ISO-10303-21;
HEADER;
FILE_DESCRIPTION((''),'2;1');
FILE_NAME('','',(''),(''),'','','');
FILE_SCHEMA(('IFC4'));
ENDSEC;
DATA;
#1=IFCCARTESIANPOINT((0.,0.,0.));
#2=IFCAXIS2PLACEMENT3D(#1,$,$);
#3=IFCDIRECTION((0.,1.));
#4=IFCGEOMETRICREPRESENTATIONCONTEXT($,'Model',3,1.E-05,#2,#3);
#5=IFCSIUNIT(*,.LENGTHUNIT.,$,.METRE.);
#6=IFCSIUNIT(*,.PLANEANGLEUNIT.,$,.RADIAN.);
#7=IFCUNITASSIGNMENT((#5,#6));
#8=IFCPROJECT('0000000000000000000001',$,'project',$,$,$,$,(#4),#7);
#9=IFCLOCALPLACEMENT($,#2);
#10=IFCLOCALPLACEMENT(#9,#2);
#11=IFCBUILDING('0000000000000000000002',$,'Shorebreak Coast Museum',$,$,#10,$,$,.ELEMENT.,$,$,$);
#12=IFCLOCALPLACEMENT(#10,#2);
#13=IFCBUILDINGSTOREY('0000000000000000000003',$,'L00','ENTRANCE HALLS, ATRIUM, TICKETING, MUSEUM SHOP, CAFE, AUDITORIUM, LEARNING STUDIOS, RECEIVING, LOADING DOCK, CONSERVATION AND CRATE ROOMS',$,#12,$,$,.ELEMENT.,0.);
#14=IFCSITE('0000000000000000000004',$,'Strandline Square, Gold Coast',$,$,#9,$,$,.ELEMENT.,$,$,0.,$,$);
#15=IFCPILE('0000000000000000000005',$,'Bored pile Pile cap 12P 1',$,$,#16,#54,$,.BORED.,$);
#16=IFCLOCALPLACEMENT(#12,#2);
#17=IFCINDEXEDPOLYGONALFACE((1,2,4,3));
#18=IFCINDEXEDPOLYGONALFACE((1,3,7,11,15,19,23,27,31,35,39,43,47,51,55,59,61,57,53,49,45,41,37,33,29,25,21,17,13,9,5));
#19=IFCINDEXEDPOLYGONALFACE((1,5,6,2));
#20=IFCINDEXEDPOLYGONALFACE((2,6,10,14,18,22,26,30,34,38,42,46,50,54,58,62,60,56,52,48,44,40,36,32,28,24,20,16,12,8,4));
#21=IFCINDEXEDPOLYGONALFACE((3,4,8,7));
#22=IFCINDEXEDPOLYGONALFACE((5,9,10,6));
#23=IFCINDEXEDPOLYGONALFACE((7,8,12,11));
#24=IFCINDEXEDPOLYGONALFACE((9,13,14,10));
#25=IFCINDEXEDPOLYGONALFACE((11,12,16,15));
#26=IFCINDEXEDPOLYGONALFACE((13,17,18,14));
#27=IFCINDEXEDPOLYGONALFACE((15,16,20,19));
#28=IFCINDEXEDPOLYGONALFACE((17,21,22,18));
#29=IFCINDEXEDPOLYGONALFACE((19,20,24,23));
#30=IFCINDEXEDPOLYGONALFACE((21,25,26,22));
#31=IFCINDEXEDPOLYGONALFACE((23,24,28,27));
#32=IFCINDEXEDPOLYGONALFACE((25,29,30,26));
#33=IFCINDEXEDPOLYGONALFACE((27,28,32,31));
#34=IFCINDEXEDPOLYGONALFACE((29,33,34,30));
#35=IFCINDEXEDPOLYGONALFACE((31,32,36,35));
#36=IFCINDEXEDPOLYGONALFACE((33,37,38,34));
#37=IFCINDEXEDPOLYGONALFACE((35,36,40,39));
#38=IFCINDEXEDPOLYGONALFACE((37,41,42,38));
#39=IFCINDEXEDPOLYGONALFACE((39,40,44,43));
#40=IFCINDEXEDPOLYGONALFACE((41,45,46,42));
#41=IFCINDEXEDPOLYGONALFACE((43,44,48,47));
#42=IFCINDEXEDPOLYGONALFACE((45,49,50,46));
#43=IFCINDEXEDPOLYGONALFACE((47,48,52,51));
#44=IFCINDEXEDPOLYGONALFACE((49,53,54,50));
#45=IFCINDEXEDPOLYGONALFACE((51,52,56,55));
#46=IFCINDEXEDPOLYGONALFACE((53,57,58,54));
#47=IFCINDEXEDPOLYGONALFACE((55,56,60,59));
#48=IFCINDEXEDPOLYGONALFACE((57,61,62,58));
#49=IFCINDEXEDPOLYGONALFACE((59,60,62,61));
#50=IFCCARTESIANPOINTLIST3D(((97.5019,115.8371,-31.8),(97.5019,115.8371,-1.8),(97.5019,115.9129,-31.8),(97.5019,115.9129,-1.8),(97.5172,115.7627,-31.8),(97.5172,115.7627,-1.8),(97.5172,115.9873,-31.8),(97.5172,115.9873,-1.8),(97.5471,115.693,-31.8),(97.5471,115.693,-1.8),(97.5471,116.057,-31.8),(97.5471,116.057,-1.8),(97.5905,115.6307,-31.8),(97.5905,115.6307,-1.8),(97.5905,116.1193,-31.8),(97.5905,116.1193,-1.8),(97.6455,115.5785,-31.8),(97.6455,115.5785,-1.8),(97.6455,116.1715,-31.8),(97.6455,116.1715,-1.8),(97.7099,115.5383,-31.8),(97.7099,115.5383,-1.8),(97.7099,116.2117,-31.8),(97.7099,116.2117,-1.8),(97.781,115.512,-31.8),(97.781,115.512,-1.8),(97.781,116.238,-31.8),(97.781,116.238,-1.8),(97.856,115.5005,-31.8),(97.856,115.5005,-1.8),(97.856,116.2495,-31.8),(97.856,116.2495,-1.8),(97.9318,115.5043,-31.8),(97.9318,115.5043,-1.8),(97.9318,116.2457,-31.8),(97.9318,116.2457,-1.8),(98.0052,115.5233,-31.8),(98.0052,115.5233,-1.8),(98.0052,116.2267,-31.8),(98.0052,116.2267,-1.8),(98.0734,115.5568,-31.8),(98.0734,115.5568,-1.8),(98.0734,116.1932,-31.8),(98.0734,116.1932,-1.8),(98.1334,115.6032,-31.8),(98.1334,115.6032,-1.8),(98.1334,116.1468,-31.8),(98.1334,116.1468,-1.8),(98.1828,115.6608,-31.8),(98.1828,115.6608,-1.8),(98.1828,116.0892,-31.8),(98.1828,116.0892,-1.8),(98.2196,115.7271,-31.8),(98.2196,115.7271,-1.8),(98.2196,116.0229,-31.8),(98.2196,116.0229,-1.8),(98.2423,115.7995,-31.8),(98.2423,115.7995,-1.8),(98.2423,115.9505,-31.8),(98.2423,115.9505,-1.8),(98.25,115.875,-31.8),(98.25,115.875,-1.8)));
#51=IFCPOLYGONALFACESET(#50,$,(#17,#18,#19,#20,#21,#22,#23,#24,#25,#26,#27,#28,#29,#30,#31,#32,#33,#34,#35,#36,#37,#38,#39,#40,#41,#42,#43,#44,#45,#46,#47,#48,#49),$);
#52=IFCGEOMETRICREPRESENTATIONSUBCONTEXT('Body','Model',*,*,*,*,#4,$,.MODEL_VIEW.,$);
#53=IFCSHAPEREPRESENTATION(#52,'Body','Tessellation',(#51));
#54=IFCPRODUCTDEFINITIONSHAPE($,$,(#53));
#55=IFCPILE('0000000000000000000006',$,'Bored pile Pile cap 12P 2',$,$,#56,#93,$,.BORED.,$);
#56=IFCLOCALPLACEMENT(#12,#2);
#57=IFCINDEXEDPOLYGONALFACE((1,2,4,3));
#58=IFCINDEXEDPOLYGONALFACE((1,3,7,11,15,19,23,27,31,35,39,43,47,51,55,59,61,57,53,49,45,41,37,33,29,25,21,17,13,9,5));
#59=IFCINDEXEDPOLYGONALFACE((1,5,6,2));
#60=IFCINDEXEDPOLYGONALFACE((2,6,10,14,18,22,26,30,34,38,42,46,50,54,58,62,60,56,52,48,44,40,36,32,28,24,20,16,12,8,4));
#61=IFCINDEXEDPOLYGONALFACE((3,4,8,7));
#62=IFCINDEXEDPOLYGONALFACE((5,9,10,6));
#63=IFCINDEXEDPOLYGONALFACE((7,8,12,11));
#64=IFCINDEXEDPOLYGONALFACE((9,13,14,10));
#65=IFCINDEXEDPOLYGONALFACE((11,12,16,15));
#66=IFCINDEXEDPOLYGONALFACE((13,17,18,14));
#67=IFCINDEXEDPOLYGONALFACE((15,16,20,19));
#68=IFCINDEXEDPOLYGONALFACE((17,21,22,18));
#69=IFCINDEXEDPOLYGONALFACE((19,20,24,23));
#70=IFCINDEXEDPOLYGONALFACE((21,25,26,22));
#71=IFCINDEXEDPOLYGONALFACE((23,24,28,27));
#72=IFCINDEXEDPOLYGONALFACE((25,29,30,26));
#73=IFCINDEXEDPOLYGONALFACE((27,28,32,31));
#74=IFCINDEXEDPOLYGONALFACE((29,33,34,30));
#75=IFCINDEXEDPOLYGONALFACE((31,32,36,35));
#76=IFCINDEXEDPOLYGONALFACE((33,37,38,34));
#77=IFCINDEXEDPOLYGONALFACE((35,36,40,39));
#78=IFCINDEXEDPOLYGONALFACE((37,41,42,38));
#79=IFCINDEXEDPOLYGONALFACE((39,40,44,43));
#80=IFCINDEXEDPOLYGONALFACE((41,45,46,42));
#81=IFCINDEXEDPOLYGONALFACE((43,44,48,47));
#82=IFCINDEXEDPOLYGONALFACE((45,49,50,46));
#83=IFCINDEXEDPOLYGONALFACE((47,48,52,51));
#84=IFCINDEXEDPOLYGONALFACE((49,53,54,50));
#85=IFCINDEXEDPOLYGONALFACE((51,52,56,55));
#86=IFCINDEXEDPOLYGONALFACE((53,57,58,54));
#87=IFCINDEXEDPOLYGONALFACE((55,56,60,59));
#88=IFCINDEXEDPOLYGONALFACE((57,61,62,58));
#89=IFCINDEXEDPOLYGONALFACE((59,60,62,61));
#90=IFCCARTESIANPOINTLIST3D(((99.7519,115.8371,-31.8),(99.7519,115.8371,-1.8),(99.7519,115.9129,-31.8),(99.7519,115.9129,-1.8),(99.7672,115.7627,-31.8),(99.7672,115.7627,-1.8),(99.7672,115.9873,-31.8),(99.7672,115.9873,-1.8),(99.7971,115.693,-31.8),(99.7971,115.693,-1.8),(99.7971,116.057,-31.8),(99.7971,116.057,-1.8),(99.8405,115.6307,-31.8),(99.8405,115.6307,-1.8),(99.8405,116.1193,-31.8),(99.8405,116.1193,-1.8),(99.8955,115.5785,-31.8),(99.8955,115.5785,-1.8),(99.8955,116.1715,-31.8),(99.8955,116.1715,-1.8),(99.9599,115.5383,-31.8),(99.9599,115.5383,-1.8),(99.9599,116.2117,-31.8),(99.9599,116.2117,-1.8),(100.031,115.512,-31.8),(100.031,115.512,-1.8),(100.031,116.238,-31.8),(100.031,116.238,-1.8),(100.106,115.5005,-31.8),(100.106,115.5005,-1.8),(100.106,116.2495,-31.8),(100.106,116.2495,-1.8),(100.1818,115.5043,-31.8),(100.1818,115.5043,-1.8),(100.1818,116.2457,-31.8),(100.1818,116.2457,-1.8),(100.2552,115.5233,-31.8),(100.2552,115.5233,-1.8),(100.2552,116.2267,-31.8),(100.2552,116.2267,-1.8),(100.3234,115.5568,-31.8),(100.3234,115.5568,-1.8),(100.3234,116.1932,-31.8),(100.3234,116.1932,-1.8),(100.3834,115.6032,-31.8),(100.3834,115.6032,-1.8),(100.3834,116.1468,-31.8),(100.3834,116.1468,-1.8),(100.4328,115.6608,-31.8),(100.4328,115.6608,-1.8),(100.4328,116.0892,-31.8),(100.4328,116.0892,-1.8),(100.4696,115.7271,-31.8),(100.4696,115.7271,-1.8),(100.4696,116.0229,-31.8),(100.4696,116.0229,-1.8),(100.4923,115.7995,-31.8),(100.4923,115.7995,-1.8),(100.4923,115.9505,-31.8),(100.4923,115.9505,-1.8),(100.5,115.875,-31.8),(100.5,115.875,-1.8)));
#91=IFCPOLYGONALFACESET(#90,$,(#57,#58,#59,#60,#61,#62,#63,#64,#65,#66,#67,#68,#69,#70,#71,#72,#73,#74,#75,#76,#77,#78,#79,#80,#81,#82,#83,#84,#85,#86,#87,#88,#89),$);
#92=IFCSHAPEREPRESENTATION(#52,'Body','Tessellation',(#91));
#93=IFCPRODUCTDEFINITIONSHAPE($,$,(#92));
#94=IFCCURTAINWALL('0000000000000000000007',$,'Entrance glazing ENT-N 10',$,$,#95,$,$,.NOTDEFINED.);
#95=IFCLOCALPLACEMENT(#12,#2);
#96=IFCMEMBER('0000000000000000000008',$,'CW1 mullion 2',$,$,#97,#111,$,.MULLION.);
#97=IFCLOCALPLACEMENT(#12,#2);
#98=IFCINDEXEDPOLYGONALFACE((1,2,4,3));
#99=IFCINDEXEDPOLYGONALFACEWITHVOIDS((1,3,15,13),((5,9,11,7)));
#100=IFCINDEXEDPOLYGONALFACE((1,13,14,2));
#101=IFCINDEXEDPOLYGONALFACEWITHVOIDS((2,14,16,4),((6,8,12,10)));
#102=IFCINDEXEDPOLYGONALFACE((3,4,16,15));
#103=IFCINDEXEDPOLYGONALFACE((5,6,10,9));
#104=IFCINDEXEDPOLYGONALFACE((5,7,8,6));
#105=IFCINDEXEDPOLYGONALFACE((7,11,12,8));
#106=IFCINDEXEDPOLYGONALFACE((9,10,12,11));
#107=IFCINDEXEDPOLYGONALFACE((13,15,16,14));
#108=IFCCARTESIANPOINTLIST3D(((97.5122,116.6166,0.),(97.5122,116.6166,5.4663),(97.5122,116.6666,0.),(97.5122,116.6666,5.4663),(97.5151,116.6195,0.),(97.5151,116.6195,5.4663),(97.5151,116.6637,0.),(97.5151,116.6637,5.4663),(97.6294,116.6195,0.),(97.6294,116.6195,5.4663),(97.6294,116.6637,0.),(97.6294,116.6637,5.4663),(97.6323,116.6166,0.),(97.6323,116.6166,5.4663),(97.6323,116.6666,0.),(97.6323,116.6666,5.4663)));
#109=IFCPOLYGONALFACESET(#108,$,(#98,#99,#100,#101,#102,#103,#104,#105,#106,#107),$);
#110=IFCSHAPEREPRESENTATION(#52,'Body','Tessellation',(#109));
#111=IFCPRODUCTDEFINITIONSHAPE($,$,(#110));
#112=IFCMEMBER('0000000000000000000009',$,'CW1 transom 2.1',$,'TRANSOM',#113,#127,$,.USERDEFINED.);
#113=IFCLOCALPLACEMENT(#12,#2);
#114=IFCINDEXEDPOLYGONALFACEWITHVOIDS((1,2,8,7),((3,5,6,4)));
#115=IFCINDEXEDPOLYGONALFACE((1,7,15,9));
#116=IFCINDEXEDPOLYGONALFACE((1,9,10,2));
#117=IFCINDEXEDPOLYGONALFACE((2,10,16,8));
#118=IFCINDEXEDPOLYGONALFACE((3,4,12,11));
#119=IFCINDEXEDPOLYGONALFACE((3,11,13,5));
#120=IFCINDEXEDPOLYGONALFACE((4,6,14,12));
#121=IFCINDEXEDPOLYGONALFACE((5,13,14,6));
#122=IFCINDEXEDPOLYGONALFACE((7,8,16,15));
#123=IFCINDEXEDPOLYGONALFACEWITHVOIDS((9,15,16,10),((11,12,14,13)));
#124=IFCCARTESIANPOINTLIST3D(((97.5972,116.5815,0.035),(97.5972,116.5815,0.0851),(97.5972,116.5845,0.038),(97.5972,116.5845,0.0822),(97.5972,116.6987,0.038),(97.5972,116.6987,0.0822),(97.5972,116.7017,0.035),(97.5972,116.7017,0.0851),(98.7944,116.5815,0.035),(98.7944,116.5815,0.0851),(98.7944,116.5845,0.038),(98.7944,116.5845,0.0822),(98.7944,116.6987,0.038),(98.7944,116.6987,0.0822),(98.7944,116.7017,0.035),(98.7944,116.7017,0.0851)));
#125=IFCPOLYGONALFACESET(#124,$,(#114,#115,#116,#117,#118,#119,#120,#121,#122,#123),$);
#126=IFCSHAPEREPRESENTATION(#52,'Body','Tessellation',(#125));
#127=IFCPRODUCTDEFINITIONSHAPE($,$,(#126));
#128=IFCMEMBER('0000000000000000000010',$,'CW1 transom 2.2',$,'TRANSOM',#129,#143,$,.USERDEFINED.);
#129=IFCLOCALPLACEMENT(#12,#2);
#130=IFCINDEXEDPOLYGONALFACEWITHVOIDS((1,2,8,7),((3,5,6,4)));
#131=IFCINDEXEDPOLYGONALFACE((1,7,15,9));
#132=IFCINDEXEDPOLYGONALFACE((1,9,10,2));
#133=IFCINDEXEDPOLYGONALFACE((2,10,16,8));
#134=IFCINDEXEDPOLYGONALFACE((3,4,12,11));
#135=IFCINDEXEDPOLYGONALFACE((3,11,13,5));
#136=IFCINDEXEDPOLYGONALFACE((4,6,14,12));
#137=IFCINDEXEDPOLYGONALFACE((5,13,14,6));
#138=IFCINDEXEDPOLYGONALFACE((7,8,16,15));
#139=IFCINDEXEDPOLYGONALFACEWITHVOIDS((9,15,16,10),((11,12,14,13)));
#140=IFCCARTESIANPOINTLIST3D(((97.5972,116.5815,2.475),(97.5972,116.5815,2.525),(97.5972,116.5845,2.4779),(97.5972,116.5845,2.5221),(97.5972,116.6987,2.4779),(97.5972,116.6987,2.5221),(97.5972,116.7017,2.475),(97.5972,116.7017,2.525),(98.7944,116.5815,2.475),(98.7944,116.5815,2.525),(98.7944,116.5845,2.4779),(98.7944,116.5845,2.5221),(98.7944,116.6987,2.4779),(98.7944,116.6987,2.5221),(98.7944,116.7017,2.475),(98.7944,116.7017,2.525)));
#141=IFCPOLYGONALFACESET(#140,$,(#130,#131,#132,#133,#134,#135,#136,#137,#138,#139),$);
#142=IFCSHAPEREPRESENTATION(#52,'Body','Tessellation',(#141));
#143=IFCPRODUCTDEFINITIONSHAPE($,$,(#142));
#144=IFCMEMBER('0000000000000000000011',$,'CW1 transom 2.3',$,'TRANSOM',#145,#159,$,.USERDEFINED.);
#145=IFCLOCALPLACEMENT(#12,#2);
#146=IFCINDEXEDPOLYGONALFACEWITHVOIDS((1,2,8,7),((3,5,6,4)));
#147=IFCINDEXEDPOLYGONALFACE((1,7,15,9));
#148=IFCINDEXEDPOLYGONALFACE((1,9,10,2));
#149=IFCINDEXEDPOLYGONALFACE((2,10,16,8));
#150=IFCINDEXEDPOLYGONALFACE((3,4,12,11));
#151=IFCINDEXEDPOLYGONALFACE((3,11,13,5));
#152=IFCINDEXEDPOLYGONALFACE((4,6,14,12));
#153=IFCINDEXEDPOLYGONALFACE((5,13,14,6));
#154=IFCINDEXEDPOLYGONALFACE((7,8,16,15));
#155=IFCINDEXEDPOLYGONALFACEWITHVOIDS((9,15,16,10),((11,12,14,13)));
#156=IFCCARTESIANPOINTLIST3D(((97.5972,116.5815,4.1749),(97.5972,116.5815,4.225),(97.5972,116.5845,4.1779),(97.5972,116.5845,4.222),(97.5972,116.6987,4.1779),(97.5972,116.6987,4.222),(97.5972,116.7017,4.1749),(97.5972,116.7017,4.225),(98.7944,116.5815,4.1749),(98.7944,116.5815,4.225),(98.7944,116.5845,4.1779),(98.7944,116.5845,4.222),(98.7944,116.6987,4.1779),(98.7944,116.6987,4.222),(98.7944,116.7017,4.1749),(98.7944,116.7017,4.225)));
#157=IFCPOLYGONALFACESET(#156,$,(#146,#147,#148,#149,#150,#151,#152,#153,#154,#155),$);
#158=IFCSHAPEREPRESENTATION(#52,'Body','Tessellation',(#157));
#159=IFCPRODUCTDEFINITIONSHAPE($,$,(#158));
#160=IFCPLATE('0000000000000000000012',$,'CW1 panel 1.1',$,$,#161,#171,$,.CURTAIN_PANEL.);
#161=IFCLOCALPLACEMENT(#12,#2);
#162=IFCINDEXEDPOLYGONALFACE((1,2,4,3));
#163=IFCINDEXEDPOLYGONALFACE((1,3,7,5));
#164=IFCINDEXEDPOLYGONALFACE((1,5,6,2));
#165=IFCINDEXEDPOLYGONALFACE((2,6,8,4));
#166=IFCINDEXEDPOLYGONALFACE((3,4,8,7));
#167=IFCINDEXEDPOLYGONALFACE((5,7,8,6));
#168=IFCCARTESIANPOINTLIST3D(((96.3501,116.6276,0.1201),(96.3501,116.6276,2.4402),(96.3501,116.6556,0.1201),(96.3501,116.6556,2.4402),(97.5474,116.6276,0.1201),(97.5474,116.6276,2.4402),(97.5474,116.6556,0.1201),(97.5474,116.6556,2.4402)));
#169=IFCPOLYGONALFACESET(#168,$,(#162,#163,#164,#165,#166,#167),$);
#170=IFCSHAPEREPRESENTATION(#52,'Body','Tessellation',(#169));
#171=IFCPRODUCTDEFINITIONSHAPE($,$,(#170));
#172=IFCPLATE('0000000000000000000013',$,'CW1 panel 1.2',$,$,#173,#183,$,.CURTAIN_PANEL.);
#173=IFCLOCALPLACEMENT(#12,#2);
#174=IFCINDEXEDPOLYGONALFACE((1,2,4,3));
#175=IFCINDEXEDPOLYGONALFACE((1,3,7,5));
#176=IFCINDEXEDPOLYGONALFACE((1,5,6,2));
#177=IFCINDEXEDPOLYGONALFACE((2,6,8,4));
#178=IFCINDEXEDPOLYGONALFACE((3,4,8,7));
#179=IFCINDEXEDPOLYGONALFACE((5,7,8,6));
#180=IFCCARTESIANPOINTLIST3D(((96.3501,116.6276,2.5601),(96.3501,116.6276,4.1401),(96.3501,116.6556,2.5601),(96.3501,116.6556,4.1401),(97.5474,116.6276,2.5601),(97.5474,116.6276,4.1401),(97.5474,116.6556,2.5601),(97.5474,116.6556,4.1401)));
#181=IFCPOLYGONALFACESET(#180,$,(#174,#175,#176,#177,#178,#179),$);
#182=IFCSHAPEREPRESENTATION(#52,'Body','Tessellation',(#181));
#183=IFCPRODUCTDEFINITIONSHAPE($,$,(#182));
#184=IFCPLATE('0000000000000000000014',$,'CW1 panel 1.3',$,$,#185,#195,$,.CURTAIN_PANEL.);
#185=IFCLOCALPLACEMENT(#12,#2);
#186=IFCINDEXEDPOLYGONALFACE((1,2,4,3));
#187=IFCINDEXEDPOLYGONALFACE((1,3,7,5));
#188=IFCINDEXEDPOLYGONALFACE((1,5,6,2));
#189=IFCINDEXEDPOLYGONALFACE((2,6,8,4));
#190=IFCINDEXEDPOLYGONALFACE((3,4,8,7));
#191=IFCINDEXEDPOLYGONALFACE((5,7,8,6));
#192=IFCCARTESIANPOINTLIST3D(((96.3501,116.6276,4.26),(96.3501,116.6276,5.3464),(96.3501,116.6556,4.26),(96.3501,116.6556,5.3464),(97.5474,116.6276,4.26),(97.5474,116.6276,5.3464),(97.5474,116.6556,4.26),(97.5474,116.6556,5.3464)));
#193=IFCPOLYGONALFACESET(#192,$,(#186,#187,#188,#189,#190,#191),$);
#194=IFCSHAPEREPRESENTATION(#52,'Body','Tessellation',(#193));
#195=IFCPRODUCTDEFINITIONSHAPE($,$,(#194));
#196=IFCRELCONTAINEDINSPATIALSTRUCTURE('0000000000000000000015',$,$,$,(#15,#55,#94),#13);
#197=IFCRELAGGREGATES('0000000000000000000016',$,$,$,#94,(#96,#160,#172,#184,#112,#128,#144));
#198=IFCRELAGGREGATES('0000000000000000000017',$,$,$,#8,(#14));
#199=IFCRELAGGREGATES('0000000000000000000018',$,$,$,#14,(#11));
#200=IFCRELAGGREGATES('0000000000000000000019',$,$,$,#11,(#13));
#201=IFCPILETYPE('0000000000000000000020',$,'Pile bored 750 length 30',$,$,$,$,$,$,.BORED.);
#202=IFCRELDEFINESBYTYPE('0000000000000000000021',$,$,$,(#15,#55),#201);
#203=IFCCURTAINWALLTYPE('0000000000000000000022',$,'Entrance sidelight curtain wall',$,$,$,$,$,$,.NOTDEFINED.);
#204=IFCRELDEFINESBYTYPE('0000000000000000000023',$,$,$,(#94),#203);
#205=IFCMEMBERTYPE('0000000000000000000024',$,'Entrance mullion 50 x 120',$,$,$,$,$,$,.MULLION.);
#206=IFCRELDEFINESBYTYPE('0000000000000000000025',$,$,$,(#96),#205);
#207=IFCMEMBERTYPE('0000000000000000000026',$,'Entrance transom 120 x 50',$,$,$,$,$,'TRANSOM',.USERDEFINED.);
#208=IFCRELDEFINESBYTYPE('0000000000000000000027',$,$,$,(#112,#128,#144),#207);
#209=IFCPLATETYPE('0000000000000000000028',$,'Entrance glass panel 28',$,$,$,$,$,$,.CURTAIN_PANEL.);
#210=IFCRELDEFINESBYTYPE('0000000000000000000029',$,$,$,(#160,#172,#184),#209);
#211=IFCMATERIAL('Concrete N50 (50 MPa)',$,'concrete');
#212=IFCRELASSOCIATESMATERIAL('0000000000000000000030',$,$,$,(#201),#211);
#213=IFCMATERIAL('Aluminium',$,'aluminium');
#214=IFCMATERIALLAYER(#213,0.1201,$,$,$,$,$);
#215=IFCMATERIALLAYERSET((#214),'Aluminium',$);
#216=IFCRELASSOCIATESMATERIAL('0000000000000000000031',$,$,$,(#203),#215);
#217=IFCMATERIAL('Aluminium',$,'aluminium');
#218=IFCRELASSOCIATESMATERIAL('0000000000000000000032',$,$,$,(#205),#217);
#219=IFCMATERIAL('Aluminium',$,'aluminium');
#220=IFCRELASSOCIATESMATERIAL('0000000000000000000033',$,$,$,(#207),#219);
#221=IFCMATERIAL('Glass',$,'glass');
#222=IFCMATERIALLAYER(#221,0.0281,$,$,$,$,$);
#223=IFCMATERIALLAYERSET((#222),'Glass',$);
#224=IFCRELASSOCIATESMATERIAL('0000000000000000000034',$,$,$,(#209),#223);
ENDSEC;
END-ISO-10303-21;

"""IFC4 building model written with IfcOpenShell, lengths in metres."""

from ifc_helpers import new_model, si_unit, direction, frame, origin, origin_2d, place, context, subcontext, project, spatial, rectangle, hollow_rectangle, circle, extrude, material, layer, layer_set, material_profile, profile_set, type_object, element, aggregate, save


model = new_model("IFC4")

# Units and contexts
model_context = context("Model", 3, precision=1e-05, world=origin(), true_north=direction((0.0, 1.0)))
body_context = subcontext(model_context, "Body", "Model", "MODEL_VIEW")
ifc_project = project(units=[si_unit("LENGTHUNIT", "METRE"), si_unit("PLANEANGLEUNIT", "RADIAN")], contexts=[model_context])

# Site, building, storey
site_placement = place(None, origin())
site = spatial("IfcSite", under=ifc_project, at=site_placement, Name="Strandline Square, Gold Coast", CompositionType="ELEMENT", RefElevation=0.0)
building_placement = place(site_placement, origin())
building = spatial("IfcBuilding", under=site, at=building_placement, Name="Shorebreak Coast Museum", CompositionType="ELEMENT")
storey_placement = place(building_placement, origin())
storey = spatial("IfcBuildingStorey", under=building, at=storey_placement, Name="L00", Description="ENTRANCE HALLS, ATRIUM, TICKETING, MUSEUM SHOP, CAFE, AUDITORIUM, LEARNING STUDIOS, RECEIVING, LOADING DOCK, CONSERVATION AND CRATE ROOMS", CompositionType="ELEMENT", Elevation=0.0)

# Piles
ifc_material_1 = material(Name="Concrete N50 (50 MPa)", Category="concrete")
ifc_material_profile_1 = material_profile(ifc_material_1, circle(Radius=0.375, at=origin_2d()), Name="Pile bored 750 length 30")
ifc_profile_set_1 = profile_set([ifc_material_profile_1], Name="Concrete N50 (50 MPa)")
pile_type_1 = type_object("IfcPileType", Name="Pile bored 750 length 30", PredefinedType="BORED", material=ifc_profile_set_1)
for number, where, z_axis, x_axis, name in (
    (1, (97.875, 115.875, -1.8), (0.0, 0.0, -1.0), (1.0, 0.0, 0.0), "Bored pile Pile cap 12P 1"),
    (2, (100.125, 115.875, -1.8), (0.0, 0.0, -1.0), (1.0, 0.0, 0.0), "Bored pile Pile cap 12P 2"),
):
    element("IfcPile", number, at=place(storey_placement, frame(where, z_axis=z_axis, x_axis=x_axis)), inside=storey, type_object=pile_type_1, Name=name, PredefinedType="BORED", context=body_context, shape_type="SweptSolid", body=[
        extrude(circle(Radius=0.375, at=origin_2d()), origin(), (0.0, 0.0, 1.0), 30.0),
    ])

# Curtain wall, members, plates
ifc_material_2 = material(Name="Aluminium", Category="aluminium")
ifc_layer_1 = layer(ifc_material_2, 0.1201)
ifc_layer_set_1 = layer_set([ifc_layer_1], Name="Aluminium")
curtain_wall_type = type_object("IfcCurtainWallType", Name="Entrance sidelight curtain wall", PredefinedType="NOTDEFINED", material=ifc_layer_set_1)
curtain_wall_placement = place(storey_placement, origin())
curtain_wall = element("IfcCurtainWall", 3, at=curtain_wall_placement, inside=storey, type_object=curtain_wall_type, Name="Entrance glazing ENT-N 10", PredefinedType="NOTDEFINED")
ifc_material_3 = material(Name="Aluminium", Category="aluminium")
ifc_material_profile_2 = material_profile(ifc_material_3, hollow_rectangle(XDim=0.05, YDim=0.1201, WallThickness=0.0029, at=origin_2d()), Name="AL 120x50 RHS")
ifc_profile_set_2 = profile_set([ifc_material_profile_2], Name="Aluminium")
member_type_1 = type_object("IfcMemberType", Name="Entrance mullion 50 x 120", PredefinedType="MULLION", material=ifc_profile_set_2)
member_1_placement = place(storey_placement, frame((97.5723, 116.6416, 0.0), z_axis=(0.0, 0.0, 1.0), x_axis=(0.0, 1.0, 0.0)))
member_1 = element("IfcMember", 4, at=member_1_placement, type_object=member_type_1, Name="CW1 mullion 2", PredefinedType="MULLION", context=body_context, shape_type="SweptSolid", body=[
    extrude(hollow_rectangle(XDim=0.05, YDim=0.1201, WallThickness=0.0029, at=origin_2d()), origin(), (0.0, 0.0, 1.0), 5.4663),
])
ifc_material_4 = material(Name="Aluminium", Category="aluminium")
ifc_material_profile_3 = material_profile(ifc_material_4, hollow_rectangle(XDim=0.1201, YDim=0.05, WallThickness=0.0029, at=origin_2d()), Name="AL 50x120 RHS")
ifc_profile_set_3 = profile_set([ifc_material_profile_3], Name="Aluminium")
member_type_2 = type_object("IfcMemberType", Name="Entrance transom 120 x 50", ElementType="TRANSOM", PredefinedType="USERDEFINED", material=ifc_profile_set_3)
member_2_placement = place(storey_placement, frame((97.5972, 116.6416, 0.0601), z_axis=(1.0, 0.0, 0.0), x_axis=(0.0, 1.0, 0.0)))
member_2 = element("IfcMember", 5, at=member_2_placement, type_object=member_type_2, Name="CW1 transom 2.1", ObjectType="TRANSOM", PredefinedType="USERDEFINED", context=body_context, shape_type="SweptSolid", body=[
    extrude(hollow_rectangle(XDim=0.1201, YDim=0.05, WallThickness=0.0029, at=origin_2d()), origin(), (0.0, 0.0, 1.0), 1.1973),
])
member_3_placement = place(storey_placement, frame((97.5972, 116.6416, 2.5), z_axis=(1.0, 0.0, 0.0), x_axis=(0.0, 1.0, 0.0)))
member_3 = element("IfcMember", 6, at=member_3_placement, type_object=member_type_2, Name="CW1 transom 2.2", ObjectType="TRANSOM", PredefinedType="USERDEFINED", context=body_context, shape_type="SweptSolid", body=[
    extrude(hollow_rectangle(XDim=0.1201, YDim=0.05, WallThickness=0.0029, at=origin_2d()), origin(), (0.0, 0.0, 1.0), 1.1973),
])
member_4_placement = place(storey_placement, frame((97.5972, 116.6416, 4.2), z_axis=(1.0, 0.0, 0.0), x_axis=(0.0, 1.0, 0.0)))
member_4 = element("IfcMember", 7, at=member_4_placement, type_object=member_type_2, Name="CW1 transom 2.3", ObjectType="TRANSOM", PredefinedType="USERDEFINED", context=body_context, shape_type="SweptSolid", body=[
    extrude(hollow_rectangle(XDim=0.1201, YDim=0.05, WallThickness=0.0029, at=origin_2d()), origin(), (0.0, 0.0, 1.0), 1.1973),
])
ifc_material_5 = material(Name="Glass", Category="glass")
ifc_layer_2 = layer(ifc_material_5, 0.0281)
ifc_layer_set_2 = layer_set([ifc_layer_2], Name="Glass")
plate_type = type_object("IfcPlateType", Name="Entrance glass panel 28", PredefinedType="CURTAIN_PANEL", material=ifc_layer_set_2)
plate_1_placement = place(storey_placement, frame((96.9487, 116.6416, 0.1201), z_axis=(0.0, 0.0, 1.0), x_axis=(1.0, 0.0, 0.0)))
plate_1 = element("IfcPlate", 8, at=plate_1_placement, type_object=plate_type, Name="CW1 panel 1.1", PredefinedType="CURTAIN_PANEL", context=body_context, shape_type="SweptSolid", body=[
    extrude(rectangle(XDim=1.1973, YDim=0.0281, at=origin_2d()), origin(), (0.0, 0.0, 1.0), 2.3201),
])
plate_2_placement = place(storey_placement, frame((96.9487, 116.6416, 2.5601), z_axis=(0.0, 0.0, 1.0), x_axis=(1.0, 0.0, 0.0)))
plate_2 = element("IfcPlate", 9, at=plate_2_placement, type_object=plate_type, Name="CW1 panel 1.2", PredefinedType="CURTAIN_PANEL", context=body_context, shape_type="SweptSolid", body=[
    extrude(rectangle(XDim=1.1973, YDim=0.0281, at=origin_2d()), origin(), (0.0, 0.0, 1.0), 1.5801),
])
plate_3_placement = place(storey_placement, frame((96.9487, 116.6416, 4.26), z_axis=(0.0, 0.0, 1.0), x_axis=(1.0, 0.0, 0.0)))
plate_3 = element("IfcPlate", 10, at=plate_3_placement, type_object=plate_type, Name="CW1 panel 1.3", PredefinedType="CURTAIN_PANEL", context=body_context, shape_type="SweptSolid", body=[
    extrude(rectangle(XDim=1.1973, YDim=0.0281, at=origin_2d()), origin(), (0.0, 0.0, 1.0), 1.0864),
])
aggregate(curtain_wall, [member_1, plate_1, plate_2, plate_3, member_2, member_3, member_4])

save(model, "model.ifc")
